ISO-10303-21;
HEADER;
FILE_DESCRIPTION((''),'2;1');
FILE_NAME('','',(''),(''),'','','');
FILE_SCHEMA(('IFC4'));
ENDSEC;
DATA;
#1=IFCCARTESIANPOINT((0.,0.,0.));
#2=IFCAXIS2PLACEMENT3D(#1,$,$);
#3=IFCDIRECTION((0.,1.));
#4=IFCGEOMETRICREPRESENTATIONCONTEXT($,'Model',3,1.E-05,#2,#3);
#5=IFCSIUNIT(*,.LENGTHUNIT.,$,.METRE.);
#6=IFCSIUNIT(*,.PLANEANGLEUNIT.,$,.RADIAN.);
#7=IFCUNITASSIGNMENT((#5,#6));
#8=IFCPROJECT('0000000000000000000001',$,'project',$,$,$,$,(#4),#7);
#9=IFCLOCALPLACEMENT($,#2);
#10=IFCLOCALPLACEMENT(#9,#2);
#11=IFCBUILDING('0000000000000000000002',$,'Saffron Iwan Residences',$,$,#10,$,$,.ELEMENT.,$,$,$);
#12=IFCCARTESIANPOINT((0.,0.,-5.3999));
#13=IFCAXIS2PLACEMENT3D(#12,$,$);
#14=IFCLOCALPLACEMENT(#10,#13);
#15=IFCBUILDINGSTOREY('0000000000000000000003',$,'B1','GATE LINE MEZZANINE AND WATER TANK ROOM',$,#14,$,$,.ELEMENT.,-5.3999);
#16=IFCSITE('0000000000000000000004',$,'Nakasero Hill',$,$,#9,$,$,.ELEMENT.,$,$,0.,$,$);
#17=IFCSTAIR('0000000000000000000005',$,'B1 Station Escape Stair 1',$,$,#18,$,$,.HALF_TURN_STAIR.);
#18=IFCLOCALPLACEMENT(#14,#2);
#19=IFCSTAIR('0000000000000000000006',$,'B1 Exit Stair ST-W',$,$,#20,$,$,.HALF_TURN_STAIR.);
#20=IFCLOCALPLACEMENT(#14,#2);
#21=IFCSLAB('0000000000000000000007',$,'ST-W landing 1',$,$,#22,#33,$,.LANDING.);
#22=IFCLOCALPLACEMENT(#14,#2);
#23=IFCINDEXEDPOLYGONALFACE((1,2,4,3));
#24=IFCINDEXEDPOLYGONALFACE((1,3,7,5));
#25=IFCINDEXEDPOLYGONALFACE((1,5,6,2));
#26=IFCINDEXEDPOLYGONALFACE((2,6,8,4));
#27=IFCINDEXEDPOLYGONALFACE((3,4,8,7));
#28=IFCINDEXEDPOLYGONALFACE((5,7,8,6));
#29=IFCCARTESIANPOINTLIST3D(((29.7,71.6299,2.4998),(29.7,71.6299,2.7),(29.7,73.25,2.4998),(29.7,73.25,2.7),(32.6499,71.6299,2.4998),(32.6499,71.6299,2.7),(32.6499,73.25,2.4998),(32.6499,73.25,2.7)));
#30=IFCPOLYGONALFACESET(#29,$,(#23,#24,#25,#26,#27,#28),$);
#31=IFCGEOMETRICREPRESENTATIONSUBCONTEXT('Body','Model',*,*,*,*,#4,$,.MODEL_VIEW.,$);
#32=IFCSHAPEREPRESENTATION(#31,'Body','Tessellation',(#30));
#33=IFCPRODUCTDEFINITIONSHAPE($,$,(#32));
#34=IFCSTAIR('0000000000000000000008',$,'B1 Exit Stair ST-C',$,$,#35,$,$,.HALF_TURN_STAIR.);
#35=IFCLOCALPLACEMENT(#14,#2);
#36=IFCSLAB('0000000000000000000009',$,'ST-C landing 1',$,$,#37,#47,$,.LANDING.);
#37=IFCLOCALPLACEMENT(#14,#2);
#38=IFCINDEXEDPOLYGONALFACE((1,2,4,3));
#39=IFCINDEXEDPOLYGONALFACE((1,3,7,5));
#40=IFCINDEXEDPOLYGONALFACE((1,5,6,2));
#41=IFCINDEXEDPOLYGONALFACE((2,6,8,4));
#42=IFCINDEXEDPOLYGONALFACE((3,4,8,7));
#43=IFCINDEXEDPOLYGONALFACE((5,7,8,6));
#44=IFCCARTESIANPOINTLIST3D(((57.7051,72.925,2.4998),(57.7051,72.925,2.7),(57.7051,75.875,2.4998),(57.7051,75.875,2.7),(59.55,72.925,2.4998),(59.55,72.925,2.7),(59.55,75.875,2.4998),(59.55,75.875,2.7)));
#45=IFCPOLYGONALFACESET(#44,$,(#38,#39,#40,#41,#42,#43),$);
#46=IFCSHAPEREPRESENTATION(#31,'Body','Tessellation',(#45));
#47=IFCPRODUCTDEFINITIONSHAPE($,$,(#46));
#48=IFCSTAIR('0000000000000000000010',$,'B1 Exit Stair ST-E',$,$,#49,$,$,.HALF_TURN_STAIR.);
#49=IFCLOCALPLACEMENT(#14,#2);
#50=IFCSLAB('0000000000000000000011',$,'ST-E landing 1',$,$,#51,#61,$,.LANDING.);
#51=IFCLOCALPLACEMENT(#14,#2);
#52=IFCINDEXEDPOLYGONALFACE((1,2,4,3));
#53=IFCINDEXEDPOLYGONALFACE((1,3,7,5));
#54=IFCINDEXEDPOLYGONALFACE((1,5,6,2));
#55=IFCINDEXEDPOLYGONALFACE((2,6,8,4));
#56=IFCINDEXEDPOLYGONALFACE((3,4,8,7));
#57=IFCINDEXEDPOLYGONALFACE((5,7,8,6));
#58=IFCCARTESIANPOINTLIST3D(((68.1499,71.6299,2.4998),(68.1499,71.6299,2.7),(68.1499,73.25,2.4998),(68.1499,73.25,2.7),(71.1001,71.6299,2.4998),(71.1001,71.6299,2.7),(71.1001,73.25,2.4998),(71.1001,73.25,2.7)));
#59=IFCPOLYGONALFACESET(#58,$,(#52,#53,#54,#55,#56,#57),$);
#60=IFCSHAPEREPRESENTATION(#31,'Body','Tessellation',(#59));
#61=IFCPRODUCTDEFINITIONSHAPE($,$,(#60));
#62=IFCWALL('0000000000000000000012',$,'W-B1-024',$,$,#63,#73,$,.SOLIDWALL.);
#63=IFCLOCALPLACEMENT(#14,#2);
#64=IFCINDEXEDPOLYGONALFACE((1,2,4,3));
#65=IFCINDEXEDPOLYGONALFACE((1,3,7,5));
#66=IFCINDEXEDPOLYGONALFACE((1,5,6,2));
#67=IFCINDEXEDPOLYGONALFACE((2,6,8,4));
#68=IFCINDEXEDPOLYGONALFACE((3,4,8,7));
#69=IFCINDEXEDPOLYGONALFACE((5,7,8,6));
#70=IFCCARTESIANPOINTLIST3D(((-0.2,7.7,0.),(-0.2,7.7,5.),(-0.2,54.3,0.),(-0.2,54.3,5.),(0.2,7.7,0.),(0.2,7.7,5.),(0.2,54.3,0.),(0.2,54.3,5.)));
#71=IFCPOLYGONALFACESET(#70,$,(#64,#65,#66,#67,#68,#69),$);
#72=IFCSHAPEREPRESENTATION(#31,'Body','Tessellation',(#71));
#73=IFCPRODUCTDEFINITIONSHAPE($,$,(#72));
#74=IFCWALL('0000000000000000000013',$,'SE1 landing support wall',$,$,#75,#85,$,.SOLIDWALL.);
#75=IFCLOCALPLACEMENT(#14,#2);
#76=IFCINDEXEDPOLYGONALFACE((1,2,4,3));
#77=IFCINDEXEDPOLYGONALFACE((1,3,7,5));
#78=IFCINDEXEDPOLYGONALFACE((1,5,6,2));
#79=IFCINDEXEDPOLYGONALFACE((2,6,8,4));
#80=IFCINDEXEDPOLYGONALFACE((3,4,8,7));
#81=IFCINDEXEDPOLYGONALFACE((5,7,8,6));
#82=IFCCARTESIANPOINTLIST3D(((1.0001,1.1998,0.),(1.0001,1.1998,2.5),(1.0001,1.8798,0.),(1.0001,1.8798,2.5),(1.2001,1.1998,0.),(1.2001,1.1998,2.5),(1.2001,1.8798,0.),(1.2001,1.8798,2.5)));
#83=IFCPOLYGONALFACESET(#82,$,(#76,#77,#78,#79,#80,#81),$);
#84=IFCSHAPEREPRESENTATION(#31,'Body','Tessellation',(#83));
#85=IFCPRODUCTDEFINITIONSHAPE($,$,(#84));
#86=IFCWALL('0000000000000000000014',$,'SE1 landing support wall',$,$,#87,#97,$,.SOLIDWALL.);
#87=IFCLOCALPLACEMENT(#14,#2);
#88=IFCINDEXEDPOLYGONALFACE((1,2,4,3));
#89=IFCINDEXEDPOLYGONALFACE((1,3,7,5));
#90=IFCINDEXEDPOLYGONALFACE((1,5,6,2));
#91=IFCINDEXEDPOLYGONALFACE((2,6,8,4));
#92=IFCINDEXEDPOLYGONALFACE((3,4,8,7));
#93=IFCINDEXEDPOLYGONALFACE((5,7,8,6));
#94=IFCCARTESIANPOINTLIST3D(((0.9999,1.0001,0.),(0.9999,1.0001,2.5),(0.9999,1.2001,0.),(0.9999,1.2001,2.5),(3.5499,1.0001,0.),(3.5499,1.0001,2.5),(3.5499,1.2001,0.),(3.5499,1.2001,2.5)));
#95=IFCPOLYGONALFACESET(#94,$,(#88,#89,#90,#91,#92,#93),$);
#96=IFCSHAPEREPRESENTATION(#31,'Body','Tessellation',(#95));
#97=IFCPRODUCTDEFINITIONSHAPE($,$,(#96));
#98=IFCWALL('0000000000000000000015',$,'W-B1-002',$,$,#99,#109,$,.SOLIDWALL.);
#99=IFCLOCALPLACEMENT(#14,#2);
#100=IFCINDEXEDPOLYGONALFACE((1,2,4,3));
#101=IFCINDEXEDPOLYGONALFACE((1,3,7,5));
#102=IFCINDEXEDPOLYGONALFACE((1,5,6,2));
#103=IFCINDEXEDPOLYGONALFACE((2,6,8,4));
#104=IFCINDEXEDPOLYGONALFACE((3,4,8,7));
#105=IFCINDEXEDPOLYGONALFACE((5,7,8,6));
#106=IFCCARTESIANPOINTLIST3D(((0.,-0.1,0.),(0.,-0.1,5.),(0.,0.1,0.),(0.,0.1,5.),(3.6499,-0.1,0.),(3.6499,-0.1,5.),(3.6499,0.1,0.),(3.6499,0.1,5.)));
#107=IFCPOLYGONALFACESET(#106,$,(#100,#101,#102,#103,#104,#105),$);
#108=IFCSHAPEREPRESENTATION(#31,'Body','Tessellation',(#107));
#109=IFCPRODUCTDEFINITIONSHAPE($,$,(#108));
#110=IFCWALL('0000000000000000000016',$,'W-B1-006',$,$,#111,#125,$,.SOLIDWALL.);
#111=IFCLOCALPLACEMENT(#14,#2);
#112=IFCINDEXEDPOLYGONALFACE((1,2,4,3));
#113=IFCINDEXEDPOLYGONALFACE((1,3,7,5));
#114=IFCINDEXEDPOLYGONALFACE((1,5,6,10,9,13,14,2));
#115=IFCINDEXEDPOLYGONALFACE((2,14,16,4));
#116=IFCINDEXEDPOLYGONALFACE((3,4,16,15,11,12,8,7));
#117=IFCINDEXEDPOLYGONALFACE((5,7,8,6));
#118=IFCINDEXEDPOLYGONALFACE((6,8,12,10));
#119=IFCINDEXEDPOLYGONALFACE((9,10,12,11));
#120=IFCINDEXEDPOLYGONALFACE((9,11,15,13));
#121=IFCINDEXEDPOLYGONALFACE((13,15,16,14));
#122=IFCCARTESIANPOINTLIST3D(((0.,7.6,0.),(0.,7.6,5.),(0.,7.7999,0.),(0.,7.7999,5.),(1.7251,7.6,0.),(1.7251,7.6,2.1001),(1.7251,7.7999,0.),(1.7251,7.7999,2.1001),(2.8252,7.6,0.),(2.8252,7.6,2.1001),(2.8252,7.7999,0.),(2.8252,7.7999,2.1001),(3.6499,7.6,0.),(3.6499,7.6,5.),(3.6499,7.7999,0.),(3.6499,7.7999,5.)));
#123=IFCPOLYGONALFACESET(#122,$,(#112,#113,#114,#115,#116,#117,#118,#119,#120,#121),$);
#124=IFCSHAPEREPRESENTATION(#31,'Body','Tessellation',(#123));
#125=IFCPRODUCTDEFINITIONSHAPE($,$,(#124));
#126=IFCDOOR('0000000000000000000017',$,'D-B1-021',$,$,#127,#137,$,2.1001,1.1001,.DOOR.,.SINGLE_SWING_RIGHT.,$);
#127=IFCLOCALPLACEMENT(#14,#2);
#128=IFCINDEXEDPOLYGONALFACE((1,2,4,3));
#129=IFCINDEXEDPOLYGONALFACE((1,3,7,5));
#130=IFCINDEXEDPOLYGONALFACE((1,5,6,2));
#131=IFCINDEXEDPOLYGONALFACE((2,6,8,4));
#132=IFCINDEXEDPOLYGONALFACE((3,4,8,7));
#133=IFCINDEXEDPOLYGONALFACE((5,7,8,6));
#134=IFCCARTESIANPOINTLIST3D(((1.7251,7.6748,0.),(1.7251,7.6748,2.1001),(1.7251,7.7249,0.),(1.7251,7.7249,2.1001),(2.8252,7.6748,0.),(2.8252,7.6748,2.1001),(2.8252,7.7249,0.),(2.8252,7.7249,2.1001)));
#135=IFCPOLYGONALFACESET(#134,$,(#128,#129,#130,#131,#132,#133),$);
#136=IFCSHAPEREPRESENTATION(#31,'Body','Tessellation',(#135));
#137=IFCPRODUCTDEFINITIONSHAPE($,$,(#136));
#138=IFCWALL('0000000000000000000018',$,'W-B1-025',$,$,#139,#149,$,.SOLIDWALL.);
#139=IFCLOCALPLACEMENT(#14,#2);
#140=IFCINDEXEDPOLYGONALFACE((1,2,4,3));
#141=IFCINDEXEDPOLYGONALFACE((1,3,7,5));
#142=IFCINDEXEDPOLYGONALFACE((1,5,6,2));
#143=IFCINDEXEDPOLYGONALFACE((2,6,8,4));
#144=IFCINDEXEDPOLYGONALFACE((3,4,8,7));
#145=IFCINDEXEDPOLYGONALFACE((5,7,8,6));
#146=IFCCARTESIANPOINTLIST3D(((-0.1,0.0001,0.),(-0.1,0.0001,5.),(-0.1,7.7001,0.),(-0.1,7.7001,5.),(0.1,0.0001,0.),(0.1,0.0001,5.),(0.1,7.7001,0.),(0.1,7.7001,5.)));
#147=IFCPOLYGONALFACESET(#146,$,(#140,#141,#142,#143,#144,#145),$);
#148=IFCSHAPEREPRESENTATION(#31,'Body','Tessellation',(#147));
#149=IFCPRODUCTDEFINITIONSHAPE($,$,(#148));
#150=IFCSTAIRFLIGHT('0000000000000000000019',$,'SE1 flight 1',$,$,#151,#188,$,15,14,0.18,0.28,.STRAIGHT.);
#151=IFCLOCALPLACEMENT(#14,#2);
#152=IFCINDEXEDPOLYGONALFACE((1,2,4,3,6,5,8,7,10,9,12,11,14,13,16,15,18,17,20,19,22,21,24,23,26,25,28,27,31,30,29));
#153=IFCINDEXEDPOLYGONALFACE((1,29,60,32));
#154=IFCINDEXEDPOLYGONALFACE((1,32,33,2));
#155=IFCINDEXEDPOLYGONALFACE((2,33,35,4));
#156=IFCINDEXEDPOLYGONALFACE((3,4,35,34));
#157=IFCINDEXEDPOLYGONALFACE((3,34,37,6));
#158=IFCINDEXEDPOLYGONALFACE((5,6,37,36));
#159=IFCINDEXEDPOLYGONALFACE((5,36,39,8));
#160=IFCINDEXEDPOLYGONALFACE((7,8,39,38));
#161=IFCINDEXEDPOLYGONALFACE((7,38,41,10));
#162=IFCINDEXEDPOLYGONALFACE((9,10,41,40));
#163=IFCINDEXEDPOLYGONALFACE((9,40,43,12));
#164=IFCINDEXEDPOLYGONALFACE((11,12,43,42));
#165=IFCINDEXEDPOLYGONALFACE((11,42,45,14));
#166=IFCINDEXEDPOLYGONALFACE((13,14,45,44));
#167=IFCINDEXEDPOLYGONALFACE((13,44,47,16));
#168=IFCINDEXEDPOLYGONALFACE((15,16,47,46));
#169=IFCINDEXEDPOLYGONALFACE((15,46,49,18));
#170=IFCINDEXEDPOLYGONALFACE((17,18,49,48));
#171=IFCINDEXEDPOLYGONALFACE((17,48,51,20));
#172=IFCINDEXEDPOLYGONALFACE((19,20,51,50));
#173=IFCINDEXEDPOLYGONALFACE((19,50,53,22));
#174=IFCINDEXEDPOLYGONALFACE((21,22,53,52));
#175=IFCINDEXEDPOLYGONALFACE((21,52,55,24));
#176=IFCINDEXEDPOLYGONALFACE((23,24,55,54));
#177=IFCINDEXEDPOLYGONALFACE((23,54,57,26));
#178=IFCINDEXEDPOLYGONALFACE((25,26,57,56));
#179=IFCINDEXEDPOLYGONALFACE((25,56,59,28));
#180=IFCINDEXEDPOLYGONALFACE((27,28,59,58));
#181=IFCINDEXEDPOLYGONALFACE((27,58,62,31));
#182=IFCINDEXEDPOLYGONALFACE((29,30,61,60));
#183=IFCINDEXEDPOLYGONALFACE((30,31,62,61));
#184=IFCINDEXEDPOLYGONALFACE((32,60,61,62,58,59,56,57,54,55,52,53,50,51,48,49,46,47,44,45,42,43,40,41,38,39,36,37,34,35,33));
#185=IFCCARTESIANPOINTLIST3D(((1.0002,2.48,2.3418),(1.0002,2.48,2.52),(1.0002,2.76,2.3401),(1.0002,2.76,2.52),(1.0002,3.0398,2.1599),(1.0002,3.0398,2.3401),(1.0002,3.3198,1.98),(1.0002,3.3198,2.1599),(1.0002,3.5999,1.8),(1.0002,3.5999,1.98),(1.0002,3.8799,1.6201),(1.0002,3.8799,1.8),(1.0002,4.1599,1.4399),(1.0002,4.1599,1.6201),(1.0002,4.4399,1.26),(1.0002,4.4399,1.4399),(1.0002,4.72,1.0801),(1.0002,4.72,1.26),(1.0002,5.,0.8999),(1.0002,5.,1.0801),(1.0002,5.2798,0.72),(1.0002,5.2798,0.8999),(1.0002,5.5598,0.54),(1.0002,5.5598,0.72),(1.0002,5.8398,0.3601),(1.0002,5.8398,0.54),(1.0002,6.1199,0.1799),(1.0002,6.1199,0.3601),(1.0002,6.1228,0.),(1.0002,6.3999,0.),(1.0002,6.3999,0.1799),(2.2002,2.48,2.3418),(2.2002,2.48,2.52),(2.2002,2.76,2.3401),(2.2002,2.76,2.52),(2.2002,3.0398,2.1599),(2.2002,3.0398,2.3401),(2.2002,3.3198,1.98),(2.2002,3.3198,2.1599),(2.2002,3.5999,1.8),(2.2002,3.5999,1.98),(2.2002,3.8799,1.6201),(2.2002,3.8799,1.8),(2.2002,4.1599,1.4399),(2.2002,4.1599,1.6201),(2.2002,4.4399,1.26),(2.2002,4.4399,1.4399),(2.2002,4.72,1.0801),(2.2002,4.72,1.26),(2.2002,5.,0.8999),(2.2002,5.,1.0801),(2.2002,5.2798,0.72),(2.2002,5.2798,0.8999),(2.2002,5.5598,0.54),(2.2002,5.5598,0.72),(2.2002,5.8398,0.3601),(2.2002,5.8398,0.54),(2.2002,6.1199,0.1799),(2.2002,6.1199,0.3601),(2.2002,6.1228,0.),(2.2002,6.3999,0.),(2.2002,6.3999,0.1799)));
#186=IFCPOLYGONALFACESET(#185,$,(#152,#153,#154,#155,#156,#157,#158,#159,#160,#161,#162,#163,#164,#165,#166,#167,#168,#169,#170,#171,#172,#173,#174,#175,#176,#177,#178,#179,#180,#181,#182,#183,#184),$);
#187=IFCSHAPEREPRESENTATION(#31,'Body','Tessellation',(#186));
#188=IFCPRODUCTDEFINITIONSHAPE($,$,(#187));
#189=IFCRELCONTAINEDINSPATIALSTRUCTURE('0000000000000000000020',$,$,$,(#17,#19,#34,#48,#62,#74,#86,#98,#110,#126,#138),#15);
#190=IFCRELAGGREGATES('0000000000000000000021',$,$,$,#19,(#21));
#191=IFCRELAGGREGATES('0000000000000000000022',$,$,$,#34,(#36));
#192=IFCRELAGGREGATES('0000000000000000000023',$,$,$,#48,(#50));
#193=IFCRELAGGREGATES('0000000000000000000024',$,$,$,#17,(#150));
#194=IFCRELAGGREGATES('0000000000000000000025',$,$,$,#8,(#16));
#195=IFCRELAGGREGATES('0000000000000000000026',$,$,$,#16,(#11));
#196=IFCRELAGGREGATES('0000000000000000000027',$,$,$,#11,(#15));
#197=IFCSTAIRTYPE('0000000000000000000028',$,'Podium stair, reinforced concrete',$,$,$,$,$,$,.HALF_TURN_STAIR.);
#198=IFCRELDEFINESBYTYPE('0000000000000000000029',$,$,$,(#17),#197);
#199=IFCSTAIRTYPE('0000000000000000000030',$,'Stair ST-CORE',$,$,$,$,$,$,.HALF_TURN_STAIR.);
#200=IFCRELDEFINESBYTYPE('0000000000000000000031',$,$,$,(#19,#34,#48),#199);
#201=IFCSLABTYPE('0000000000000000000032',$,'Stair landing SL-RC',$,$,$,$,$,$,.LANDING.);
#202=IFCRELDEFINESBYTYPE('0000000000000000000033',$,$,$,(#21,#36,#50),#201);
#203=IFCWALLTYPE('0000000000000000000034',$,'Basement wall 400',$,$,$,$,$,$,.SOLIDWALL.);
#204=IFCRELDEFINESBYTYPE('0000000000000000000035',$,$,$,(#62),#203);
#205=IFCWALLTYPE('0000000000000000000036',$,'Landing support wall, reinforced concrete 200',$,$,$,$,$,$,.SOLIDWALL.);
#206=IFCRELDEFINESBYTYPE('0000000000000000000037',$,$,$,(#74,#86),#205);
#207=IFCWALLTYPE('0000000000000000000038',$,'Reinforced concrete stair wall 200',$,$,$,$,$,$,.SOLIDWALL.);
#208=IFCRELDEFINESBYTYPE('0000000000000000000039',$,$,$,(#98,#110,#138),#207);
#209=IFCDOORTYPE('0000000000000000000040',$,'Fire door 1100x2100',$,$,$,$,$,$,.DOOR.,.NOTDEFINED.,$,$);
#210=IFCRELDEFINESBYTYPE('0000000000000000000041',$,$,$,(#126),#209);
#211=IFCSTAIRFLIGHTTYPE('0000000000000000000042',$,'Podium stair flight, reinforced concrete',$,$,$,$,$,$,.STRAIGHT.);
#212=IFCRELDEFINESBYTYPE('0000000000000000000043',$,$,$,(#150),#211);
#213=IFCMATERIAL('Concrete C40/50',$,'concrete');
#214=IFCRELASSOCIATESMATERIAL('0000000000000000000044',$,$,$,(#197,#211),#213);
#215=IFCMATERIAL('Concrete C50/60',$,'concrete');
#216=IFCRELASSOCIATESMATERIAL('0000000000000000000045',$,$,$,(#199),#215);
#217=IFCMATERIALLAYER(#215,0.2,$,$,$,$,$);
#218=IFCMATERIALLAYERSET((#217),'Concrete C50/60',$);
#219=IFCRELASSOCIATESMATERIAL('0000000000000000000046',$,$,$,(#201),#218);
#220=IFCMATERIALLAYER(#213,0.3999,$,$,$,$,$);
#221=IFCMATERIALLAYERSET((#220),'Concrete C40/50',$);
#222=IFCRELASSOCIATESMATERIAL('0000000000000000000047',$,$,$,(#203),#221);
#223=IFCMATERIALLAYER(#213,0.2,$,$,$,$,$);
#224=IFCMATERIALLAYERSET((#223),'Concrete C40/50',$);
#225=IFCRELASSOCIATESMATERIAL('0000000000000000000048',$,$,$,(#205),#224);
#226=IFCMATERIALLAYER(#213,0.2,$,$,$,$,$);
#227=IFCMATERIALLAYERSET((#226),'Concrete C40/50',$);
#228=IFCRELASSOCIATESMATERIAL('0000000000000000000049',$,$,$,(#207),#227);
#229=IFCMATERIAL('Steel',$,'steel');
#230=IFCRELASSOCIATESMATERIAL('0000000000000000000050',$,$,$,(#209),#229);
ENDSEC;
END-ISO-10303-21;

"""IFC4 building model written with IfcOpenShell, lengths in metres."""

from ifc_helpers import new_model, si_unit, direction, frame, frame_2d, origin, origin_with_axes, place, context, subcontext, project, spatial, polyline, rectangle, outline, extrude, material, layer, layer_set, type_object, element, fill, aggregate, save


model = new_model("IFC4")

# Units and contexts
model_context = context("Model", 3, precision=1e-05, world=origin(), true_north=direction((0.0, 1.0)))
body_context = subcontext(model_context, "Body", "Model", "MODEL_VIEW")
ifc_project = project(units=[si_unit("LENGTHUNIT", "METRE"), si_unit("PLANEANGLEUNIT", "RADIAN")], contexts=[model_context])

# Site, building, storey
site_placement = place(None, origin())
site = spatial("IfcSite", under=ifc_project, at=site_placement, Name="Nakasero Hill", CompositionType="ELEMENT", RefElevation=0.0)
building_placement = place(site_placement, origin())
building = spatial("IfcBuilding", under=site, at=building_placement, Name="Saffron Iwan Residences", CompositionType="ELEMENT")
storey_placement = place(building_placement, frame((0.0, 0.0, -5.3999)))
storey = spatial("IfcBuildingStorey", under=building, at=storey_placement, Name="B1", Description="GATE LINE MEZZANINE AND WATER TANK ROOM", CompositionType="ELEMENT", Elevation=-5.3999)

# Shared definitions
ifc_material_1 = material(Name="Concrete C40/50", Category="concrete")

# Shared definitions
ifc_material_2 = material(Name="Concrete C50/60", Category="concrete")

# Stairs, slabs
stair_type_1 = type_object("IfcStairType", Name="Podium stair, reinforced concrete", PredefinedType="HALF_TURN_STAIR", material=ifc_material_1)
stair_1_placement = place(storey_placement, origin())
stair_1 = element("IfcStair", 1, at=stair_1_placement, inside=storey, type_object=stair_type_1, Name="B1 Station Escape Stair 1", PredefinedType="HALF_TURN_STAIR")
stair_type_2 = type_object("IfcStairType", Name="Stair ST-CORE", PredefinedType="HALF_TURN_STAIR", material=ifc_material_2)
stair_2_placement = place(storey_placement, origin())
stair_2 = element("IfcStair", 2, at=stair_2_placement, inside=storey, type_object=stair_type_2, Name="B1 Exit Stair ST-W", PredefinedType="HALF_TURN_STAIR")
ifc_layer_1 = layer(ifc_material_2, 0.2)
ifc_layer_set_1 = layer_set([ifc_layer_1], Name="Concrete C50/60")
slab_type_1 = type_object("IfcSlabType", Name="Stair landing SL-RC", PredefinedType="LANDING", material=ifc_layer_set_1)
slab_1_placement = place(storey_placement, frame((0.0, 0.0, 2.4998)))
slab_1 = element("IfcSlab", 3, at=slab_1_placement, type_object=slab_type_1, Name="ST-W landing 1", PredefinedType="LANDING", context=body_context, shape_type="SweptSolid", body=[
    extrude(outline(polyline([(32.6499, 71.6299), (32.6499, 73.25), (29.7, 73.25), (29.7, 71.6299), (32.6499, 71.6299)])), origin(), (0.0, 0.0, 1.0), 0.2002),
])
aggregate(stair_2, [slab_1])
stair_3_placement = place(storey_placement, origin())
stair_3 = element("IfcStair", 4, at=stair_3_placement, inside=storey, type_object=stair_type_2, Name="B1 Exit Stair ST-C", PredefinedType="HALF_TURN_STAIR")
slab_2_placement = place(storey_placement, frame((0.0, 0.0, 2.4998)))
slab_2 = element("IfcSlab", 5, at=slab_2_placement, type_object=slab_type_1, Name="ST-C landing 1", PredefinedType="LANDING", context=body_context, shape_type="SweptSolid", body=[
    extrude(outline(polyline([(57.7051, 72.925), (59.55, 72.925), (59.55, 75.875), (57.7051, 75.875), (57.7051, 72.925)])), origin(), (0.0, 0.0, 1.0), 0.2002),
])
aggregate(stair_3, [slab_2])
stair_4_placement = place(storey_placement, origin())
stair_4 = element("IfcStair", 6, at=stair_4_placement, inside=storey, type_object=stair_type_2, Name="B1 Exit Stair ST-E", PredefinedType="HALF_TURN_STAIR")
slab_3_placement = place(storey_placement, frame((0.0, 0.0, 2.4998)))
slab_3 = element("IfcSlab", 7, at=slab_3_placement, type_object=slab_type_1, Name="ST-E landing 1", PredefinedType="LANDING", context=body_context, shape_type="SweptSolid", body=[
    extrude(outline(polyline([(71.1001, 71.6299), (71.1001, 73.25), (68.1499, 73.25), (68.1499, 71.6299), (71.1001, 71.6299)])), origin(), (0.0, 0.0, 1.0), 0.2002),
])
aggregate(stair_4, [slab_3])

# Walls
ifc_layer_2 = layer(ifc_material_1, 0.3999)
ifc_layer_set_2 = layer_set([ifc_layer_2], Name="Concrete C40/50")
wall_type_1 = type_object("IfcWallType", Name="Basement wall 400", PredefinedType="SOLIDWALL", material=ifc_layer_set_2)
wall_1_placement = place(storey_placement, frame((0.0, 7.7, 0.0), z_axis=(0.0, 0.0, 1.0), x_axis=(0.0, 1.0, 0.0)))
element("IfcWall", 8, at=wall_1_placement, inside=storey, type_object=wall_type_1, Name="W-B1-024", PredefinedType="SOLIDWALL", context=body_context, shape_type="SweptSolid", body=[
    extrude(rectangle(XDim=46.6001, YDim=0.3999, at=frame_2d((23.3, 0.0))), origin(), (0.0, 0.0, 1.0), 5.0),
])
ifc_layer_3 = layer(ifc_material_1, 0.2)
ifc_layer_set_3 = layer_set([ifc_layer_3], Name="Concrete C40/50")
wall_type_2 = type_object("IfcWallType", Name="Landing support wall, reinforced concrete 200", PredefinedType="SOLIDWALL", material=ifc_layer_set_3)
wall_2_placement = place(storey_placement, frame((1.1001, 1.2, 0.0), z_axis=(0.0, 0.0, 1.0), x_axis=(0.0, 1.0, 0.0)))
element("IfcWall", 9, at=wall_2_placement, inside=storey, type_object=wall_type_2, Name="SE1 landing support wall", PredefinedType="SOLIDWALL", context=body_context, shape_type="SweptSolid", body=[
    extrude(rectangle(XDim=0.6799, YDim=0.2, at=frame_2d((0.3398, 0.0))), origin(), (0.0, 0.0, 1.0), 2.5),
])
wall_3_placement = place(storey_placement, frame((1.0, 1.1001, 0.0), z_axis=(0.0, 0.0, 1.0), x_axis=(1.0, 0.0, 0.0)))
element("IfcWall", 10, at=wall_3_placement, inside=storey, type_object=wall_type_2, Name="SE1 landing support wall", PredefinedType="SOLIDWALL", context=body_context, shape_type="SweptSolid", body=[
    extrude(rectangle(XDim=2.55, YDim=0.2, at=frame_2d((1.2749, 0.0))), origin(), (0.0, 0.0, 1.0), 2.5),
])
ifc_layer_4 = layer(ifc_material_1, 0.2)
ifc_layer_set_4 = layer_set([ifc_layer_4], Name="Concrete C40/50")
wall_type_3 = type_object("IfcWallType", Name="Reinforced concrete stair wall 200", PredefinedType="SOLIDWALL", material=ifc_layer_set_4)
wall_4_placement = place(storey_placement, origin_with_axes())
element("IfcWall", 11, at=wall_4_placement, inside=storey, type_object=wall_type_3, Name="W-B1-002", PredefinedType="SOLIDWALL", context=body_context, shape_type="SweptSolid", body=[
    extrude(rectangle(XDim=3.6499, YDim=0.2, at=frame_2d((1.825, 0.0))), origin(), (0.0, 0.0, 1.0), 5.0),
])

# Wall, opening, door
wall_5_placement = place(storey_placement, frame((0.0, 7.7, 0.0), z_axis=(0.0, 0.0, 1.0), x_axis=(1.0, 0.0, 0.0)))
wall_5 = element("IfcWall", 12, at=wall_5_placement, inside=storey, type_object=wall_type_3, Name="W-B1-006", PredefinedType="SOLIDWALL", context=body_context, shape_type="SweptSolid", body=[
    extrude(rectangle(XDim=3.6499, YDim=0.2, at=frame_2d((1.825, 0.0))), origin(), (0.0, 0.0, 1.0), 5.0),
])
opening_placement = place(wall_5_placement, frame((1.7251, 0.0, 0.0)))
opening = element("IfcOpeningElement", 13, at=opening_placement, cuts=wall_5, PredefinedType="OPENING", context=body_context, shape_type="SweptSolid", body=[
    extrude(rectangle(XDim=1.1001, YDim=2.1001, at=frame_2d((0.55, 1.05))), frame((0.0, 0.1099, 0.0), z_axis=(0.0, -1.0, 0.0), x_axis=(1.0, 0.0, 0.0)), (0.0, 0.0, 1.0), 0.22),
])
ifc_material_3 = material(Name="Steel", Category="steel")
door_type = type_object("IfcDoorType", Name="Fire door 1100x2100", OperationType="NOTDEFINED", PredefinedType="DOOR", material=ifc_material_3)
door_placement = place(opening_placement, origin())
door = element("IfcDoor", 14, at=door_placement, inside=storey, type_object=door_type, Name="D-B1-021", OperationType="SINGLE_SWING_RIGHT", OverallHeight=2.1001, OverallWidth=1.1001, PredefinedType="DOOR", context=body_context, shape_type="SweptSolid", body=[
    extrude(rectangle(XDim=1.1001, YDim=2.1001, at=frame_2d((0.55, 1.05))), frame((0.0, 0.0249, 0.0), z_axis=(0.0, -1.0, 0.0), x_axis=(1.0, 0.0, 0.0)), (0.0, 0.0, 1.0), 0.05),
])
fill(opening, door)

# Wall
wall_6_placement = place(storey_placement, frame((0.0, 0.0, 0.0), z_axis=(0.0, 0.0, 1.0), x_axis=(0.0, 1.0, 0.0)))
element("IfcWall", 15, at=wall_6_placement, inside=storey, type_object=wall_type_3, Name="W-B1-025", PredefinedType="SOLIDWALL", context=body_context, shape_type="SweptSolid", body=[
    extrude(rectangle(XDim=7.7, YDim=0.2, at=frame_2d((3.8501, 0.0))), origin(), (0.0, 0.0, 1.0), 5.0),
])

# Stair flight
stair_flight_type = type_object("IfcStairFlightType", Name="Podium stair flight, reinforced concrete", PredefinedType="STRAIGHT", material=ifc_material_1)
stair_flight_placement = place(storey_placement, frame((1.6001, 6.3999, 0.0), z_axis=(0.0, 0.0, 1.0), x_axis=(0.0, -1.0, 0.0)))
stair_flight = element("IfcStairFlight", 16, at=stair_flight_placement, type_object=stair_flight_type, Name="SE1 flight 1", NumberOfRisers=15, NumberOfTreads=14, PredefinedType="STRAIGHT", RiserHeight=0.18, TreadLength=0.28, context=body_context, shape_type="SweptSolid", body=[
    extrude(outline(polyline([(0.0, 0.0), (0.0, 0.1799), (0.28, 0.1799), (0.28, 0.3601), (0.5601, 0.3601), (0.5601, 0.54), (0.8401, 0.54), (0.8401, 0.72), (1.1201, 0.72), (1.1201, 0.8999), (1.3999, 0.8999), (1.3999, 1.0801), (1.6799, 1.0801), (1.6799, 1.26), (1.96, 1.26), (1.96, 1.4399), (2.24, 1.4399), (2.24, 1.6201), (2.52, 1.6201), (2.52, 1.8), (2.8, 1.8), (2.8, 1.98), (3.0801, 1.98), (3.0801, 2.1599), (3.3601, 2.1599), (3.3601, 2.3401), (3.6399, 2.3401), (3.6399, 2.52), (3.9199, 2.52), (3.9199, 2.7), (3.9199, 2.3418), (0.2771, 0.0), (0.0, 0.0)])), frame((0.0, 0.6001, 0.0), z_axis=(0.0, -1.0, 0.0), x_axis=(1.0, 0.0, 0.0)), (0.0, 0.0, 1.0), 1.2),
])
aggregate(stair_1, [stair_flight])

save(model, "model.ifc")
